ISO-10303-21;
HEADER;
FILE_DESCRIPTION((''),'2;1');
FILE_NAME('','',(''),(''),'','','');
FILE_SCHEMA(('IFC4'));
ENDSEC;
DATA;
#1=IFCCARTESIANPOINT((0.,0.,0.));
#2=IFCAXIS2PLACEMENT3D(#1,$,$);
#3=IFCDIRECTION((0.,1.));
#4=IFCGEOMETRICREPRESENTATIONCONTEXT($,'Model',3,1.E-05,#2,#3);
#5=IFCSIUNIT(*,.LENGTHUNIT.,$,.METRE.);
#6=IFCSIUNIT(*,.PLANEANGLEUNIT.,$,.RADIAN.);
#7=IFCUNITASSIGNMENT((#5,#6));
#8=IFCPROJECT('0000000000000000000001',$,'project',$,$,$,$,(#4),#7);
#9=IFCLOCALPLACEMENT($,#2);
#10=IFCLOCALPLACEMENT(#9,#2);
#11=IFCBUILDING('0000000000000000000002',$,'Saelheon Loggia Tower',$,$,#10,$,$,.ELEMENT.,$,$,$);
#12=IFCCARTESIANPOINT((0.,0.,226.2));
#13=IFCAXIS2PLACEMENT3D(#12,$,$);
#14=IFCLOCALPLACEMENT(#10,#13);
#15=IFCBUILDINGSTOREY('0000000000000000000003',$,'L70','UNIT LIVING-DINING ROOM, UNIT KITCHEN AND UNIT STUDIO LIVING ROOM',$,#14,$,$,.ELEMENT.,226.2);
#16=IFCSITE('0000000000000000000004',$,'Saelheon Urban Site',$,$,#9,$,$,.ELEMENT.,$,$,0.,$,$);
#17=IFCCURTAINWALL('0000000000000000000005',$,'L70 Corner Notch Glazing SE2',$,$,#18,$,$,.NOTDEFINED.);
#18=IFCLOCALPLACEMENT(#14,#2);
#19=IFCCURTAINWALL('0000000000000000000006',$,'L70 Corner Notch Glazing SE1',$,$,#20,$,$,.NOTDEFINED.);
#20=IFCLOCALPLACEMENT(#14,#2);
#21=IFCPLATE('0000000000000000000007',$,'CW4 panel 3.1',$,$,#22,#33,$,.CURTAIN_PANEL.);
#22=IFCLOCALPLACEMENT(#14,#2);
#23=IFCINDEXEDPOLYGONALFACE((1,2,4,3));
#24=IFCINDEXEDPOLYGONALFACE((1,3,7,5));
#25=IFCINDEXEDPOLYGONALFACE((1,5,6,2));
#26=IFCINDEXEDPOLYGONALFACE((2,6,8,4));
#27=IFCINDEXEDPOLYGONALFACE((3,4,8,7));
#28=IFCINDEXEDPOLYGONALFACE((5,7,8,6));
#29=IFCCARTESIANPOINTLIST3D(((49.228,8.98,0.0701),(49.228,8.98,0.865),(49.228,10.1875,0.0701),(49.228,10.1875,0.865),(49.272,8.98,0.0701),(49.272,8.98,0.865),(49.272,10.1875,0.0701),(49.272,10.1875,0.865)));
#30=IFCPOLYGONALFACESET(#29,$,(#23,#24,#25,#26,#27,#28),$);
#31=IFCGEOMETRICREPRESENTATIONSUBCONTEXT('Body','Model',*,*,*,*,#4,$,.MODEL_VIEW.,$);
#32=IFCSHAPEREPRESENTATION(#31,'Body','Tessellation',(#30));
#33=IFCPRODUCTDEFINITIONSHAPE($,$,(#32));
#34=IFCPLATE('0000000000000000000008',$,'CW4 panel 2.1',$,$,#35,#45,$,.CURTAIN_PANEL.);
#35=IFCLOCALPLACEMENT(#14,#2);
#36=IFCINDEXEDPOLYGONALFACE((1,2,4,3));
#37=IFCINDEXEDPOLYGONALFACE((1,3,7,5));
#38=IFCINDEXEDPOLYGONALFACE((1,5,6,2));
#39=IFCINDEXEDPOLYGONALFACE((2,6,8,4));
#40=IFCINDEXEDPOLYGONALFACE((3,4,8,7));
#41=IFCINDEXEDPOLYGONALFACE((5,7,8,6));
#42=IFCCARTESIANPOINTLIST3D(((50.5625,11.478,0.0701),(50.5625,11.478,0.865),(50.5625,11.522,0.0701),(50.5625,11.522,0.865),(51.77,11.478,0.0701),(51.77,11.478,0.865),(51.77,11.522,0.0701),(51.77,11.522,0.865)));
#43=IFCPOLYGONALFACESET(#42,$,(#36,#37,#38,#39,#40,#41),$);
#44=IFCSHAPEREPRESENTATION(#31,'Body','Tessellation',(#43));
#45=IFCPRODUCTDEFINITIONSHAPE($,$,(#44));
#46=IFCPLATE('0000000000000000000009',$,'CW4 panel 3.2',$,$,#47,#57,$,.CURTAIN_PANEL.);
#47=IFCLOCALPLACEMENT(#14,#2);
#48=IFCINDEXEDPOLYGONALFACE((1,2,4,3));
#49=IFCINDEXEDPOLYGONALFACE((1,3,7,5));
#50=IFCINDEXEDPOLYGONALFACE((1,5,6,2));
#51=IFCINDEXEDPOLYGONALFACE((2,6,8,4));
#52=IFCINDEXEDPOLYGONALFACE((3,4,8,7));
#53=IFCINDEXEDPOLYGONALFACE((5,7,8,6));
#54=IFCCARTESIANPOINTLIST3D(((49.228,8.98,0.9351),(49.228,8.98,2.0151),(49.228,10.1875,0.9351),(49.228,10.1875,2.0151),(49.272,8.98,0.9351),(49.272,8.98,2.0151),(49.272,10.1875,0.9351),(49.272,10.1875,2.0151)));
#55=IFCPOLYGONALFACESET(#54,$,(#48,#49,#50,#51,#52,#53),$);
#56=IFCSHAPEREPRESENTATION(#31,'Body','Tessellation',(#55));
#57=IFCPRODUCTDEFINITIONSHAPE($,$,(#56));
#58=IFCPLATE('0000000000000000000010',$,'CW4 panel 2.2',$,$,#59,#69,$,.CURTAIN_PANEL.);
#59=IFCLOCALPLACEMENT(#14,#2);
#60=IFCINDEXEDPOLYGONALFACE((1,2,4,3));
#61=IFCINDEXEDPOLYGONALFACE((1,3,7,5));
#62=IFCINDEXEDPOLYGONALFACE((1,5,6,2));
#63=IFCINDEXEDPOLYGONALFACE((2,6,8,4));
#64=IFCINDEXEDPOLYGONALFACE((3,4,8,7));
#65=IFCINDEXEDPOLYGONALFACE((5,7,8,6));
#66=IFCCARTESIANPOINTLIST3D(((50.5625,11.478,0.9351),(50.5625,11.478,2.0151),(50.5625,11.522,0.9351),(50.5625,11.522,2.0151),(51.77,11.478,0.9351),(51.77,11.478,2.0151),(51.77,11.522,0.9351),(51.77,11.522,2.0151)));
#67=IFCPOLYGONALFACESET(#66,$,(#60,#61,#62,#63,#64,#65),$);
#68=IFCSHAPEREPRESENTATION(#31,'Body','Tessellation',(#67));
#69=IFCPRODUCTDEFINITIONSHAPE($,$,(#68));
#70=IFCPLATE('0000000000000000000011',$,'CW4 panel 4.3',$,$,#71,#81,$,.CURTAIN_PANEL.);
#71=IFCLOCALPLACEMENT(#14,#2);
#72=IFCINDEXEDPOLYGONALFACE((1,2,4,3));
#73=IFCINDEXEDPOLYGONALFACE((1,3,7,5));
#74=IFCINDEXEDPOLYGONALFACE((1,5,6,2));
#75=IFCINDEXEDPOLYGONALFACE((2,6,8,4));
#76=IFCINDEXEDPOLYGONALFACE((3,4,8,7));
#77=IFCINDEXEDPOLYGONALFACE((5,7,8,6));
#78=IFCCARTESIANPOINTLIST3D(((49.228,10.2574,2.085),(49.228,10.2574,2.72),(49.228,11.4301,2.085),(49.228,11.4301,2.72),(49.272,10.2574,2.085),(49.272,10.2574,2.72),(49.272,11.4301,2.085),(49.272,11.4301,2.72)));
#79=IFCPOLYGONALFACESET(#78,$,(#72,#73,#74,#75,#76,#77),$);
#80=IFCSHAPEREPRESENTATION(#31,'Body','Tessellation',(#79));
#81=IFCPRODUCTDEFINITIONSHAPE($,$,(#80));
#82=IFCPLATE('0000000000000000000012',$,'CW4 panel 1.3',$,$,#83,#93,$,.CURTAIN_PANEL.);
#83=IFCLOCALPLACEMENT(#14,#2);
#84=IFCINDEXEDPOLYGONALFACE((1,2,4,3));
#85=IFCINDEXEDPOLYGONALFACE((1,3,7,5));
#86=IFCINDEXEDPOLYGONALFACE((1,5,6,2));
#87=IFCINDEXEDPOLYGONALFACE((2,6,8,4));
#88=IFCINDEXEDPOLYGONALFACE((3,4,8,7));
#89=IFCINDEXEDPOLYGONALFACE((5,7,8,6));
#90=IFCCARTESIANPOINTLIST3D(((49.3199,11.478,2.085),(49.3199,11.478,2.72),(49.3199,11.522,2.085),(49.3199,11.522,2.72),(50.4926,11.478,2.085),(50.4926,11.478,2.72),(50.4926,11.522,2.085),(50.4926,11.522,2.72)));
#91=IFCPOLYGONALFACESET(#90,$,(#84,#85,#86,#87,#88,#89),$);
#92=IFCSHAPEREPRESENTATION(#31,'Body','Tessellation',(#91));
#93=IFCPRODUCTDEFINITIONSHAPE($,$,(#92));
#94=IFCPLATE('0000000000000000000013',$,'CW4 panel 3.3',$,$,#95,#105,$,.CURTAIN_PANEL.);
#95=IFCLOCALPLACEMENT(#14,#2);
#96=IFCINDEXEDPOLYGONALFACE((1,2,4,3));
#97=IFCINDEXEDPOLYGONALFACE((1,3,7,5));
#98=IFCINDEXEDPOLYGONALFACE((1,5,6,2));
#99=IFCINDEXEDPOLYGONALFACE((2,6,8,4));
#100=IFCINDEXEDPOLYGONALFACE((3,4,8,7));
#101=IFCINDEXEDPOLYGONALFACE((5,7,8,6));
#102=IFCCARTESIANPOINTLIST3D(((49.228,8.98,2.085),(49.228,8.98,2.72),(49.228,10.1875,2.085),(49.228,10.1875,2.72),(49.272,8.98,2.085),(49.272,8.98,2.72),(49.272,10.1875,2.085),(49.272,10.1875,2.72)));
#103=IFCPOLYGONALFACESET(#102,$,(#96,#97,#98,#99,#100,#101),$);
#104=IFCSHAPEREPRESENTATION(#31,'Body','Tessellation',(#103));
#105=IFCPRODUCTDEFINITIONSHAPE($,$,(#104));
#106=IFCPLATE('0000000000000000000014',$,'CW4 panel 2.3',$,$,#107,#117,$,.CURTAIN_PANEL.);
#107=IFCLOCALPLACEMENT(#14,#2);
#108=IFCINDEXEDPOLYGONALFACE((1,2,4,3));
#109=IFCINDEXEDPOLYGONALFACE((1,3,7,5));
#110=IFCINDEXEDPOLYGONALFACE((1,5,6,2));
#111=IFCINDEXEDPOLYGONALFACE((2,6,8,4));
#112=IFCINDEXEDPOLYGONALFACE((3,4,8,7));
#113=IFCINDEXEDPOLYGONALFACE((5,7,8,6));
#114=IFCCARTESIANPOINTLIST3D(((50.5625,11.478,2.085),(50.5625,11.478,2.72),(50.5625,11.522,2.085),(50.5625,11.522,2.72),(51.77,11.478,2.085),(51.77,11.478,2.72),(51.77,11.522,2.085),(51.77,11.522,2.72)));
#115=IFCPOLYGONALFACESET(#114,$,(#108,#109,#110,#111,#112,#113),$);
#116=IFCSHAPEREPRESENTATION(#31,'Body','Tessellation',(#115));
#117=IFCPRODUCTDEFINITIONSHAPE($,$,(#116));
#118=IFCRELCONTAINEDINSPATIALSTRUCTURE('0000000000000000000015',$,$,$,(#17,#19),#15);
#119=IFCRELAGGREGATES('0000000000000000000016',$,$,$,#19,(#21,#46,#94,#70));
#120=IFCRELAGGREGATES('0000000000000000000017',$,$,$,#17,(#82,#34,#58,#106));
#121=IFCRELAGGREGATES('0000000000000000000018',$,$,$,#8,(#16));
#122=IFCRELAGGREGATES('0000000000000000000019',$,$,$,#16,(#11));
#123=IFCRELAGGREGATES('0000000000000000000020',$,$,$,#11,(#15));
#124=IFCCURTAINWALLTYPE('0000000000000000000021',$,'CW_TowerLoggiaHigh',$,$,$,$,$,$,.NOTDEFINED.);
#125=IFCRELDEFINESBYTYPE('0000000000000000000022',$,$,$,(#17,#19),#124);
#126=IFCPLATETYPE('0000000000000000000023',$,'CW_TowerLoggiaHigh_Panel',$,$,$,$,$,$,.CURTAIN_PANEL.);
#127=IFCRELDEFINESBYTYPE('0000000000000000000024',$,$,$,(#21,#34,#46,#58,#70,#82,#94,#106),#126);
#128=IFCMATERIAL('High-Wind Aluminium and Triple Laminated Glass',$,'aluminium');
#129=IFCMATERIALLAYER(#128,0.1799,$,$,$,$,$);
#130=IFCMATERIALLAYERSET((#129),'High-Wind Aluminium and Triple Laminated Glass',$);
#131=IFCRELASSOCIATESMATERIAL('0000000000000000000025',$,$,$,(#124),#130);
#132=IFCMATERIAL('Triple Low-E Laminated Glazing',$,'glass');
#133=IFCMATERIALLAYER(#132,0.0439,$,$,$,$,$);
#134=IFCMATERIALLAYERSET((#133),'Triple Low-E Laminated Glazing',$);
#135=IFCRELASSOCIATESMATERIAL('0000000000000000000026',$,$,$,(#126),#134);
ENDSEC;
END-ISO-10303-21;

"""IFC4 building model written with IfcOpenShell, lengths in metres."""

from ifc_helpers import new_model, si_unit, direction, frame, origin, origin_2d, place, context, subcontext, project, spatial, rectangle, extrude, source, transform, mapped, material, layer, layer_set, type_object, element, aggregate, save


model = new_model("IFC4")

# Units and contexts
model_context = context("Model", 3, precision=1e-05, world=origin(), true_north=direction((0.0, 1.0)))
body_context = subcontext(model_context, "Body", "Model", "MODEL_VIEW")
ifc_project = project(units=[si_unit("LENGTHUNIT", "METRE"), si_unit("PLANEANGLEUNIT", "RADIAN")], contexts=[model_context])

# Site, building, storey
site_placement = place(None, origin())
site = spatial("IfcSite", under=ifc_project, at=site_placement, Name="Saelheon Urban Site", CompositionType="ELEMENT", RefElevation=0.0)
building_placement = place(site_placement, origin())
building = spatial("IfcBuilding", under=site, at=building_placement, Name="Saelheon Loggia Tower", CompositionType="ELEMENT")
storey_placement = place(building_placement, frame((0.0, 0.0, 226.2)))
storey = spatial("IfcBuildingStorey", under=building, at=storey_placement, Name="L70", Description="UNIT LIVING-DINING ROOM, UNIT KITCHEN AND UNIT STUDIO LIVING ROOM", CompositionType="ELEMENT", Elevation=226.2)

# Curtain walls
ifc_material_1 = material(Name="High-Wind Aluminium and Triple Laminated Glass", Category="aluminium")
ifc_layer_1 = layer(ifc_material_1, 0.1799)
ifc_layer_set_1 = layer_set([ifc_layer_1], Name="High-Wind Aluminium and Triple Laminated Glass")
curtain_wall_type = type_object("IfcCurtainWallType", Name="CW_TowerLoggiaHigh", PredefinedType="NOTDEFINED", material=ifc_layer_set_1)
curtain_wall_1_placement = place(storey_placement, origin())
curtain_wall_1 = element("IfcCurtainWall", 1, at=curtain_wall_1_placement, inside=storey, type_object=curtain_wall_type, Name="L70 Corner Notch Glazing SE2", PredefinedType="NOTDEFINED")
curtain_wall_2_placement = place(storey_placement, origin())
curtain_wall_2 = element("IfcCurtainWall", 2, at=curtain_wall_2_placement, inside=storey, type_object=curtain_wall_type, Name="L70 Corner Notch Glazing SE1", PredefinedType="NOTDEFINED")

# Plates
ifc_material_2 = material(Name="Triple Low-E Laminated Glazing", Category="glass")
ifc_layer_2 = layer(ifc_material_2, 0.0439)
ifc_layer_set_2 = layer_set([ifc_layer_2], Name="Triple Low-E Laminated Glazing")
plate_type = type_object("IfcPlateType", Name="CW_TowerLoggiaHigh_Panel", PredefinedType="CURTAIN_PANEL", material=ifc_layer_set_2)
shared_shape_1 = source(origin(), body_context, "Body", "SweptSolid", [
    extrude(rectangle(XDim=1.2075, YDim=0.0439, at=origin_2d()), origin(), (0.0, 0.0, 1.0), 0.7949),
])
plate_1_placement = place(storey_placement, frame((49.25, 9.5837, 0.0701), z_axis=(0.0, 0.0, 1.0), x_axis=(0.0, 1.0, 0.0)))
plate_1 = element("IfcPlate", 3, at=plate_1_placement, type_object=plate_type, Name="CW4 panel 3.1", PredefinedType="CURTAIN_PANEL", context=body_context, shape_type="MappedRepresentation", body=[
    mapped(shared_shape_1, transform((0.0, 0.0, 0.0), scale=1.0)),
])
plate_2_placement = place(storey_placement, frame((51.1663, 11.5, 0.0701), z_axis=(0.0, 0.0, 1.0), x_axis=(1.0, 0.0, 0.0)))
plate_2 = element("IfcPlate", 4, at=plate_2_placement, type_object=plate_type, Name="CW4 panel 2.1", PredefinedType="CURTAIN_PANEL", context=body_context, shape_type="MappedRepresentation", body=[
    mapped(shared_shape_1, transform((0.0, 0.0, 0.0), scale=1.0)),
])
shared_shape_2 = source(origin(), body_context, "Body", "SweptSolid", [
    extrude(rectangle(XDim=1.2075, YDim=0.0439, at=origin_2d()), origin(), (0.0, 0.0, 1.0), 1.0801),
])
plate_3_placement = place(storey_placement, frame((49.25, 9.5837, 0.9351), z_axis=(0.0, 0.0, 1.0), x_axis=(0.0, 1.0, 0.0)))
plate_3 = element("IfcPlate", 5, at=plate_3_placement, type_object=plate_type, Name="CW4 panel 3.2", PredefinedType="CURTAIN_PANEL", context=body_context, shape_type="MappedRepresentation", body=[
    mapped(shared_shape_2, transform((0.0, 0.0, 0.0), scale=1.0)),
])
plate_4_placement = place(storey_placement, frame((51.1663, 11.5, 0.9351), z_axis=(0.0, 0.0, 1.0), x_axis=(1.0, 0.0, 0.0)))
plate_4 = element("IfcPlate", 6, at=plate_4_placement, type_object=plate_type, Name="CW4 panel 2.2", PredefinedType="CURTAIN_PANEL", context=body_context, shape_type="MappedRepresentation", body=[
    mapped(shared_shape_2, transform((0.0, 0.0, 0.0), scale=1.0)),
])
shared_shape_3 = source(origin(), body_context, "Body", "SweptSolid", [
    extrude(rectangle(XDim=1.1726, YDim=0.0439, at=origin_2d()), origin(), (0.0, 0.0, 1.0), 0.635),
])
plate_5_placement = place(storey_placement, frame((49.25, 10.8438, 2.085), z_axis=(0.0, 0.0, 1.0), x_axis=(0.0, 1.0, 0.0)))
plate_5 = element("IfcPlate", 7, at=plate_5_placement, type_object=plate_type, Name="CW4 panel 4.3", PredefinedType="CURTAIN_PANEL", context=body_context, shape_type="MappedRepresentation", body=[
    mapped(shared_shape_3, transform((0.0, 0.0, 0.0), scale=1.0)),
])
plate_6_placement = place(storey_placement, frame((49.9062, 11.5, 2.085), z_axis=(0.0, 0.0, 1.0), x_axis=(1.0, 0.0, 0.0)))
plate_6 = element("IfcPlate", 8, at=plate_6_placement, type_object=plate_type, Name="CW4 panel 1.3", PredefinedType="CURTAIN_PANEL", context=body_context, shape_type="MappedRepresentation", body=[
    mapped(shared_shape_3, transform((0.0, 0.0, 0.0), scale=1.0)),
])
shared_shape_4 = source(origin(), body_context, "Body", "SweptSolid", [
    extrude(rectangle(XDim=1.2075, YDim=0.0439, at=origin_2d()), origin(), (0.0, 0.0, 1.0), 0.635),
])
plate_7_placement = place(storey_placement, frame((49.25, 9.5837, 2.085), z_axis=(0.0, 0.0, 1.0), x_axis=(0.0, 1.0, 0.0)))
plate_7 = element("IfcPlate", 9, at=plate_7_placement, type_object=plate_type, Name="CW4 panel 3.3", PredefinedType="CURTAIN_PANEL", context=body_context, shape_type="MappedRepresentation", body=[
    mapped(shared_shape_4, transform((0.0, 0.0, 0.0), scale=1.0)),
])
aggregate(curtain_wall_2, [plate_1, plate_3, plate_7, plate_5])
plate_8_placement = place(storey_placement, frame((51.1663, 11.5, 2.085), z_axis=(0.0, 0.0, 1.0), x_axis=(1.0, 0.0, 0.0)))
plate_8 = element("IfcPlate", 10, at=plate_8_placement, type_object=plate_type, Name="CW4 panel 2.3", PredefinedType="CURTAIN_PANEL", context=body_context, shape_type="MappedRepresentation", body=[
    mapped(shared_shape_4, transform((0.0, 0.0, 0.0), scale=1.0)),
])
aggregate(curtain_wall_1, [plate_6, plate_2, plate_4, plate_8])

save(model, "model.ifc")
